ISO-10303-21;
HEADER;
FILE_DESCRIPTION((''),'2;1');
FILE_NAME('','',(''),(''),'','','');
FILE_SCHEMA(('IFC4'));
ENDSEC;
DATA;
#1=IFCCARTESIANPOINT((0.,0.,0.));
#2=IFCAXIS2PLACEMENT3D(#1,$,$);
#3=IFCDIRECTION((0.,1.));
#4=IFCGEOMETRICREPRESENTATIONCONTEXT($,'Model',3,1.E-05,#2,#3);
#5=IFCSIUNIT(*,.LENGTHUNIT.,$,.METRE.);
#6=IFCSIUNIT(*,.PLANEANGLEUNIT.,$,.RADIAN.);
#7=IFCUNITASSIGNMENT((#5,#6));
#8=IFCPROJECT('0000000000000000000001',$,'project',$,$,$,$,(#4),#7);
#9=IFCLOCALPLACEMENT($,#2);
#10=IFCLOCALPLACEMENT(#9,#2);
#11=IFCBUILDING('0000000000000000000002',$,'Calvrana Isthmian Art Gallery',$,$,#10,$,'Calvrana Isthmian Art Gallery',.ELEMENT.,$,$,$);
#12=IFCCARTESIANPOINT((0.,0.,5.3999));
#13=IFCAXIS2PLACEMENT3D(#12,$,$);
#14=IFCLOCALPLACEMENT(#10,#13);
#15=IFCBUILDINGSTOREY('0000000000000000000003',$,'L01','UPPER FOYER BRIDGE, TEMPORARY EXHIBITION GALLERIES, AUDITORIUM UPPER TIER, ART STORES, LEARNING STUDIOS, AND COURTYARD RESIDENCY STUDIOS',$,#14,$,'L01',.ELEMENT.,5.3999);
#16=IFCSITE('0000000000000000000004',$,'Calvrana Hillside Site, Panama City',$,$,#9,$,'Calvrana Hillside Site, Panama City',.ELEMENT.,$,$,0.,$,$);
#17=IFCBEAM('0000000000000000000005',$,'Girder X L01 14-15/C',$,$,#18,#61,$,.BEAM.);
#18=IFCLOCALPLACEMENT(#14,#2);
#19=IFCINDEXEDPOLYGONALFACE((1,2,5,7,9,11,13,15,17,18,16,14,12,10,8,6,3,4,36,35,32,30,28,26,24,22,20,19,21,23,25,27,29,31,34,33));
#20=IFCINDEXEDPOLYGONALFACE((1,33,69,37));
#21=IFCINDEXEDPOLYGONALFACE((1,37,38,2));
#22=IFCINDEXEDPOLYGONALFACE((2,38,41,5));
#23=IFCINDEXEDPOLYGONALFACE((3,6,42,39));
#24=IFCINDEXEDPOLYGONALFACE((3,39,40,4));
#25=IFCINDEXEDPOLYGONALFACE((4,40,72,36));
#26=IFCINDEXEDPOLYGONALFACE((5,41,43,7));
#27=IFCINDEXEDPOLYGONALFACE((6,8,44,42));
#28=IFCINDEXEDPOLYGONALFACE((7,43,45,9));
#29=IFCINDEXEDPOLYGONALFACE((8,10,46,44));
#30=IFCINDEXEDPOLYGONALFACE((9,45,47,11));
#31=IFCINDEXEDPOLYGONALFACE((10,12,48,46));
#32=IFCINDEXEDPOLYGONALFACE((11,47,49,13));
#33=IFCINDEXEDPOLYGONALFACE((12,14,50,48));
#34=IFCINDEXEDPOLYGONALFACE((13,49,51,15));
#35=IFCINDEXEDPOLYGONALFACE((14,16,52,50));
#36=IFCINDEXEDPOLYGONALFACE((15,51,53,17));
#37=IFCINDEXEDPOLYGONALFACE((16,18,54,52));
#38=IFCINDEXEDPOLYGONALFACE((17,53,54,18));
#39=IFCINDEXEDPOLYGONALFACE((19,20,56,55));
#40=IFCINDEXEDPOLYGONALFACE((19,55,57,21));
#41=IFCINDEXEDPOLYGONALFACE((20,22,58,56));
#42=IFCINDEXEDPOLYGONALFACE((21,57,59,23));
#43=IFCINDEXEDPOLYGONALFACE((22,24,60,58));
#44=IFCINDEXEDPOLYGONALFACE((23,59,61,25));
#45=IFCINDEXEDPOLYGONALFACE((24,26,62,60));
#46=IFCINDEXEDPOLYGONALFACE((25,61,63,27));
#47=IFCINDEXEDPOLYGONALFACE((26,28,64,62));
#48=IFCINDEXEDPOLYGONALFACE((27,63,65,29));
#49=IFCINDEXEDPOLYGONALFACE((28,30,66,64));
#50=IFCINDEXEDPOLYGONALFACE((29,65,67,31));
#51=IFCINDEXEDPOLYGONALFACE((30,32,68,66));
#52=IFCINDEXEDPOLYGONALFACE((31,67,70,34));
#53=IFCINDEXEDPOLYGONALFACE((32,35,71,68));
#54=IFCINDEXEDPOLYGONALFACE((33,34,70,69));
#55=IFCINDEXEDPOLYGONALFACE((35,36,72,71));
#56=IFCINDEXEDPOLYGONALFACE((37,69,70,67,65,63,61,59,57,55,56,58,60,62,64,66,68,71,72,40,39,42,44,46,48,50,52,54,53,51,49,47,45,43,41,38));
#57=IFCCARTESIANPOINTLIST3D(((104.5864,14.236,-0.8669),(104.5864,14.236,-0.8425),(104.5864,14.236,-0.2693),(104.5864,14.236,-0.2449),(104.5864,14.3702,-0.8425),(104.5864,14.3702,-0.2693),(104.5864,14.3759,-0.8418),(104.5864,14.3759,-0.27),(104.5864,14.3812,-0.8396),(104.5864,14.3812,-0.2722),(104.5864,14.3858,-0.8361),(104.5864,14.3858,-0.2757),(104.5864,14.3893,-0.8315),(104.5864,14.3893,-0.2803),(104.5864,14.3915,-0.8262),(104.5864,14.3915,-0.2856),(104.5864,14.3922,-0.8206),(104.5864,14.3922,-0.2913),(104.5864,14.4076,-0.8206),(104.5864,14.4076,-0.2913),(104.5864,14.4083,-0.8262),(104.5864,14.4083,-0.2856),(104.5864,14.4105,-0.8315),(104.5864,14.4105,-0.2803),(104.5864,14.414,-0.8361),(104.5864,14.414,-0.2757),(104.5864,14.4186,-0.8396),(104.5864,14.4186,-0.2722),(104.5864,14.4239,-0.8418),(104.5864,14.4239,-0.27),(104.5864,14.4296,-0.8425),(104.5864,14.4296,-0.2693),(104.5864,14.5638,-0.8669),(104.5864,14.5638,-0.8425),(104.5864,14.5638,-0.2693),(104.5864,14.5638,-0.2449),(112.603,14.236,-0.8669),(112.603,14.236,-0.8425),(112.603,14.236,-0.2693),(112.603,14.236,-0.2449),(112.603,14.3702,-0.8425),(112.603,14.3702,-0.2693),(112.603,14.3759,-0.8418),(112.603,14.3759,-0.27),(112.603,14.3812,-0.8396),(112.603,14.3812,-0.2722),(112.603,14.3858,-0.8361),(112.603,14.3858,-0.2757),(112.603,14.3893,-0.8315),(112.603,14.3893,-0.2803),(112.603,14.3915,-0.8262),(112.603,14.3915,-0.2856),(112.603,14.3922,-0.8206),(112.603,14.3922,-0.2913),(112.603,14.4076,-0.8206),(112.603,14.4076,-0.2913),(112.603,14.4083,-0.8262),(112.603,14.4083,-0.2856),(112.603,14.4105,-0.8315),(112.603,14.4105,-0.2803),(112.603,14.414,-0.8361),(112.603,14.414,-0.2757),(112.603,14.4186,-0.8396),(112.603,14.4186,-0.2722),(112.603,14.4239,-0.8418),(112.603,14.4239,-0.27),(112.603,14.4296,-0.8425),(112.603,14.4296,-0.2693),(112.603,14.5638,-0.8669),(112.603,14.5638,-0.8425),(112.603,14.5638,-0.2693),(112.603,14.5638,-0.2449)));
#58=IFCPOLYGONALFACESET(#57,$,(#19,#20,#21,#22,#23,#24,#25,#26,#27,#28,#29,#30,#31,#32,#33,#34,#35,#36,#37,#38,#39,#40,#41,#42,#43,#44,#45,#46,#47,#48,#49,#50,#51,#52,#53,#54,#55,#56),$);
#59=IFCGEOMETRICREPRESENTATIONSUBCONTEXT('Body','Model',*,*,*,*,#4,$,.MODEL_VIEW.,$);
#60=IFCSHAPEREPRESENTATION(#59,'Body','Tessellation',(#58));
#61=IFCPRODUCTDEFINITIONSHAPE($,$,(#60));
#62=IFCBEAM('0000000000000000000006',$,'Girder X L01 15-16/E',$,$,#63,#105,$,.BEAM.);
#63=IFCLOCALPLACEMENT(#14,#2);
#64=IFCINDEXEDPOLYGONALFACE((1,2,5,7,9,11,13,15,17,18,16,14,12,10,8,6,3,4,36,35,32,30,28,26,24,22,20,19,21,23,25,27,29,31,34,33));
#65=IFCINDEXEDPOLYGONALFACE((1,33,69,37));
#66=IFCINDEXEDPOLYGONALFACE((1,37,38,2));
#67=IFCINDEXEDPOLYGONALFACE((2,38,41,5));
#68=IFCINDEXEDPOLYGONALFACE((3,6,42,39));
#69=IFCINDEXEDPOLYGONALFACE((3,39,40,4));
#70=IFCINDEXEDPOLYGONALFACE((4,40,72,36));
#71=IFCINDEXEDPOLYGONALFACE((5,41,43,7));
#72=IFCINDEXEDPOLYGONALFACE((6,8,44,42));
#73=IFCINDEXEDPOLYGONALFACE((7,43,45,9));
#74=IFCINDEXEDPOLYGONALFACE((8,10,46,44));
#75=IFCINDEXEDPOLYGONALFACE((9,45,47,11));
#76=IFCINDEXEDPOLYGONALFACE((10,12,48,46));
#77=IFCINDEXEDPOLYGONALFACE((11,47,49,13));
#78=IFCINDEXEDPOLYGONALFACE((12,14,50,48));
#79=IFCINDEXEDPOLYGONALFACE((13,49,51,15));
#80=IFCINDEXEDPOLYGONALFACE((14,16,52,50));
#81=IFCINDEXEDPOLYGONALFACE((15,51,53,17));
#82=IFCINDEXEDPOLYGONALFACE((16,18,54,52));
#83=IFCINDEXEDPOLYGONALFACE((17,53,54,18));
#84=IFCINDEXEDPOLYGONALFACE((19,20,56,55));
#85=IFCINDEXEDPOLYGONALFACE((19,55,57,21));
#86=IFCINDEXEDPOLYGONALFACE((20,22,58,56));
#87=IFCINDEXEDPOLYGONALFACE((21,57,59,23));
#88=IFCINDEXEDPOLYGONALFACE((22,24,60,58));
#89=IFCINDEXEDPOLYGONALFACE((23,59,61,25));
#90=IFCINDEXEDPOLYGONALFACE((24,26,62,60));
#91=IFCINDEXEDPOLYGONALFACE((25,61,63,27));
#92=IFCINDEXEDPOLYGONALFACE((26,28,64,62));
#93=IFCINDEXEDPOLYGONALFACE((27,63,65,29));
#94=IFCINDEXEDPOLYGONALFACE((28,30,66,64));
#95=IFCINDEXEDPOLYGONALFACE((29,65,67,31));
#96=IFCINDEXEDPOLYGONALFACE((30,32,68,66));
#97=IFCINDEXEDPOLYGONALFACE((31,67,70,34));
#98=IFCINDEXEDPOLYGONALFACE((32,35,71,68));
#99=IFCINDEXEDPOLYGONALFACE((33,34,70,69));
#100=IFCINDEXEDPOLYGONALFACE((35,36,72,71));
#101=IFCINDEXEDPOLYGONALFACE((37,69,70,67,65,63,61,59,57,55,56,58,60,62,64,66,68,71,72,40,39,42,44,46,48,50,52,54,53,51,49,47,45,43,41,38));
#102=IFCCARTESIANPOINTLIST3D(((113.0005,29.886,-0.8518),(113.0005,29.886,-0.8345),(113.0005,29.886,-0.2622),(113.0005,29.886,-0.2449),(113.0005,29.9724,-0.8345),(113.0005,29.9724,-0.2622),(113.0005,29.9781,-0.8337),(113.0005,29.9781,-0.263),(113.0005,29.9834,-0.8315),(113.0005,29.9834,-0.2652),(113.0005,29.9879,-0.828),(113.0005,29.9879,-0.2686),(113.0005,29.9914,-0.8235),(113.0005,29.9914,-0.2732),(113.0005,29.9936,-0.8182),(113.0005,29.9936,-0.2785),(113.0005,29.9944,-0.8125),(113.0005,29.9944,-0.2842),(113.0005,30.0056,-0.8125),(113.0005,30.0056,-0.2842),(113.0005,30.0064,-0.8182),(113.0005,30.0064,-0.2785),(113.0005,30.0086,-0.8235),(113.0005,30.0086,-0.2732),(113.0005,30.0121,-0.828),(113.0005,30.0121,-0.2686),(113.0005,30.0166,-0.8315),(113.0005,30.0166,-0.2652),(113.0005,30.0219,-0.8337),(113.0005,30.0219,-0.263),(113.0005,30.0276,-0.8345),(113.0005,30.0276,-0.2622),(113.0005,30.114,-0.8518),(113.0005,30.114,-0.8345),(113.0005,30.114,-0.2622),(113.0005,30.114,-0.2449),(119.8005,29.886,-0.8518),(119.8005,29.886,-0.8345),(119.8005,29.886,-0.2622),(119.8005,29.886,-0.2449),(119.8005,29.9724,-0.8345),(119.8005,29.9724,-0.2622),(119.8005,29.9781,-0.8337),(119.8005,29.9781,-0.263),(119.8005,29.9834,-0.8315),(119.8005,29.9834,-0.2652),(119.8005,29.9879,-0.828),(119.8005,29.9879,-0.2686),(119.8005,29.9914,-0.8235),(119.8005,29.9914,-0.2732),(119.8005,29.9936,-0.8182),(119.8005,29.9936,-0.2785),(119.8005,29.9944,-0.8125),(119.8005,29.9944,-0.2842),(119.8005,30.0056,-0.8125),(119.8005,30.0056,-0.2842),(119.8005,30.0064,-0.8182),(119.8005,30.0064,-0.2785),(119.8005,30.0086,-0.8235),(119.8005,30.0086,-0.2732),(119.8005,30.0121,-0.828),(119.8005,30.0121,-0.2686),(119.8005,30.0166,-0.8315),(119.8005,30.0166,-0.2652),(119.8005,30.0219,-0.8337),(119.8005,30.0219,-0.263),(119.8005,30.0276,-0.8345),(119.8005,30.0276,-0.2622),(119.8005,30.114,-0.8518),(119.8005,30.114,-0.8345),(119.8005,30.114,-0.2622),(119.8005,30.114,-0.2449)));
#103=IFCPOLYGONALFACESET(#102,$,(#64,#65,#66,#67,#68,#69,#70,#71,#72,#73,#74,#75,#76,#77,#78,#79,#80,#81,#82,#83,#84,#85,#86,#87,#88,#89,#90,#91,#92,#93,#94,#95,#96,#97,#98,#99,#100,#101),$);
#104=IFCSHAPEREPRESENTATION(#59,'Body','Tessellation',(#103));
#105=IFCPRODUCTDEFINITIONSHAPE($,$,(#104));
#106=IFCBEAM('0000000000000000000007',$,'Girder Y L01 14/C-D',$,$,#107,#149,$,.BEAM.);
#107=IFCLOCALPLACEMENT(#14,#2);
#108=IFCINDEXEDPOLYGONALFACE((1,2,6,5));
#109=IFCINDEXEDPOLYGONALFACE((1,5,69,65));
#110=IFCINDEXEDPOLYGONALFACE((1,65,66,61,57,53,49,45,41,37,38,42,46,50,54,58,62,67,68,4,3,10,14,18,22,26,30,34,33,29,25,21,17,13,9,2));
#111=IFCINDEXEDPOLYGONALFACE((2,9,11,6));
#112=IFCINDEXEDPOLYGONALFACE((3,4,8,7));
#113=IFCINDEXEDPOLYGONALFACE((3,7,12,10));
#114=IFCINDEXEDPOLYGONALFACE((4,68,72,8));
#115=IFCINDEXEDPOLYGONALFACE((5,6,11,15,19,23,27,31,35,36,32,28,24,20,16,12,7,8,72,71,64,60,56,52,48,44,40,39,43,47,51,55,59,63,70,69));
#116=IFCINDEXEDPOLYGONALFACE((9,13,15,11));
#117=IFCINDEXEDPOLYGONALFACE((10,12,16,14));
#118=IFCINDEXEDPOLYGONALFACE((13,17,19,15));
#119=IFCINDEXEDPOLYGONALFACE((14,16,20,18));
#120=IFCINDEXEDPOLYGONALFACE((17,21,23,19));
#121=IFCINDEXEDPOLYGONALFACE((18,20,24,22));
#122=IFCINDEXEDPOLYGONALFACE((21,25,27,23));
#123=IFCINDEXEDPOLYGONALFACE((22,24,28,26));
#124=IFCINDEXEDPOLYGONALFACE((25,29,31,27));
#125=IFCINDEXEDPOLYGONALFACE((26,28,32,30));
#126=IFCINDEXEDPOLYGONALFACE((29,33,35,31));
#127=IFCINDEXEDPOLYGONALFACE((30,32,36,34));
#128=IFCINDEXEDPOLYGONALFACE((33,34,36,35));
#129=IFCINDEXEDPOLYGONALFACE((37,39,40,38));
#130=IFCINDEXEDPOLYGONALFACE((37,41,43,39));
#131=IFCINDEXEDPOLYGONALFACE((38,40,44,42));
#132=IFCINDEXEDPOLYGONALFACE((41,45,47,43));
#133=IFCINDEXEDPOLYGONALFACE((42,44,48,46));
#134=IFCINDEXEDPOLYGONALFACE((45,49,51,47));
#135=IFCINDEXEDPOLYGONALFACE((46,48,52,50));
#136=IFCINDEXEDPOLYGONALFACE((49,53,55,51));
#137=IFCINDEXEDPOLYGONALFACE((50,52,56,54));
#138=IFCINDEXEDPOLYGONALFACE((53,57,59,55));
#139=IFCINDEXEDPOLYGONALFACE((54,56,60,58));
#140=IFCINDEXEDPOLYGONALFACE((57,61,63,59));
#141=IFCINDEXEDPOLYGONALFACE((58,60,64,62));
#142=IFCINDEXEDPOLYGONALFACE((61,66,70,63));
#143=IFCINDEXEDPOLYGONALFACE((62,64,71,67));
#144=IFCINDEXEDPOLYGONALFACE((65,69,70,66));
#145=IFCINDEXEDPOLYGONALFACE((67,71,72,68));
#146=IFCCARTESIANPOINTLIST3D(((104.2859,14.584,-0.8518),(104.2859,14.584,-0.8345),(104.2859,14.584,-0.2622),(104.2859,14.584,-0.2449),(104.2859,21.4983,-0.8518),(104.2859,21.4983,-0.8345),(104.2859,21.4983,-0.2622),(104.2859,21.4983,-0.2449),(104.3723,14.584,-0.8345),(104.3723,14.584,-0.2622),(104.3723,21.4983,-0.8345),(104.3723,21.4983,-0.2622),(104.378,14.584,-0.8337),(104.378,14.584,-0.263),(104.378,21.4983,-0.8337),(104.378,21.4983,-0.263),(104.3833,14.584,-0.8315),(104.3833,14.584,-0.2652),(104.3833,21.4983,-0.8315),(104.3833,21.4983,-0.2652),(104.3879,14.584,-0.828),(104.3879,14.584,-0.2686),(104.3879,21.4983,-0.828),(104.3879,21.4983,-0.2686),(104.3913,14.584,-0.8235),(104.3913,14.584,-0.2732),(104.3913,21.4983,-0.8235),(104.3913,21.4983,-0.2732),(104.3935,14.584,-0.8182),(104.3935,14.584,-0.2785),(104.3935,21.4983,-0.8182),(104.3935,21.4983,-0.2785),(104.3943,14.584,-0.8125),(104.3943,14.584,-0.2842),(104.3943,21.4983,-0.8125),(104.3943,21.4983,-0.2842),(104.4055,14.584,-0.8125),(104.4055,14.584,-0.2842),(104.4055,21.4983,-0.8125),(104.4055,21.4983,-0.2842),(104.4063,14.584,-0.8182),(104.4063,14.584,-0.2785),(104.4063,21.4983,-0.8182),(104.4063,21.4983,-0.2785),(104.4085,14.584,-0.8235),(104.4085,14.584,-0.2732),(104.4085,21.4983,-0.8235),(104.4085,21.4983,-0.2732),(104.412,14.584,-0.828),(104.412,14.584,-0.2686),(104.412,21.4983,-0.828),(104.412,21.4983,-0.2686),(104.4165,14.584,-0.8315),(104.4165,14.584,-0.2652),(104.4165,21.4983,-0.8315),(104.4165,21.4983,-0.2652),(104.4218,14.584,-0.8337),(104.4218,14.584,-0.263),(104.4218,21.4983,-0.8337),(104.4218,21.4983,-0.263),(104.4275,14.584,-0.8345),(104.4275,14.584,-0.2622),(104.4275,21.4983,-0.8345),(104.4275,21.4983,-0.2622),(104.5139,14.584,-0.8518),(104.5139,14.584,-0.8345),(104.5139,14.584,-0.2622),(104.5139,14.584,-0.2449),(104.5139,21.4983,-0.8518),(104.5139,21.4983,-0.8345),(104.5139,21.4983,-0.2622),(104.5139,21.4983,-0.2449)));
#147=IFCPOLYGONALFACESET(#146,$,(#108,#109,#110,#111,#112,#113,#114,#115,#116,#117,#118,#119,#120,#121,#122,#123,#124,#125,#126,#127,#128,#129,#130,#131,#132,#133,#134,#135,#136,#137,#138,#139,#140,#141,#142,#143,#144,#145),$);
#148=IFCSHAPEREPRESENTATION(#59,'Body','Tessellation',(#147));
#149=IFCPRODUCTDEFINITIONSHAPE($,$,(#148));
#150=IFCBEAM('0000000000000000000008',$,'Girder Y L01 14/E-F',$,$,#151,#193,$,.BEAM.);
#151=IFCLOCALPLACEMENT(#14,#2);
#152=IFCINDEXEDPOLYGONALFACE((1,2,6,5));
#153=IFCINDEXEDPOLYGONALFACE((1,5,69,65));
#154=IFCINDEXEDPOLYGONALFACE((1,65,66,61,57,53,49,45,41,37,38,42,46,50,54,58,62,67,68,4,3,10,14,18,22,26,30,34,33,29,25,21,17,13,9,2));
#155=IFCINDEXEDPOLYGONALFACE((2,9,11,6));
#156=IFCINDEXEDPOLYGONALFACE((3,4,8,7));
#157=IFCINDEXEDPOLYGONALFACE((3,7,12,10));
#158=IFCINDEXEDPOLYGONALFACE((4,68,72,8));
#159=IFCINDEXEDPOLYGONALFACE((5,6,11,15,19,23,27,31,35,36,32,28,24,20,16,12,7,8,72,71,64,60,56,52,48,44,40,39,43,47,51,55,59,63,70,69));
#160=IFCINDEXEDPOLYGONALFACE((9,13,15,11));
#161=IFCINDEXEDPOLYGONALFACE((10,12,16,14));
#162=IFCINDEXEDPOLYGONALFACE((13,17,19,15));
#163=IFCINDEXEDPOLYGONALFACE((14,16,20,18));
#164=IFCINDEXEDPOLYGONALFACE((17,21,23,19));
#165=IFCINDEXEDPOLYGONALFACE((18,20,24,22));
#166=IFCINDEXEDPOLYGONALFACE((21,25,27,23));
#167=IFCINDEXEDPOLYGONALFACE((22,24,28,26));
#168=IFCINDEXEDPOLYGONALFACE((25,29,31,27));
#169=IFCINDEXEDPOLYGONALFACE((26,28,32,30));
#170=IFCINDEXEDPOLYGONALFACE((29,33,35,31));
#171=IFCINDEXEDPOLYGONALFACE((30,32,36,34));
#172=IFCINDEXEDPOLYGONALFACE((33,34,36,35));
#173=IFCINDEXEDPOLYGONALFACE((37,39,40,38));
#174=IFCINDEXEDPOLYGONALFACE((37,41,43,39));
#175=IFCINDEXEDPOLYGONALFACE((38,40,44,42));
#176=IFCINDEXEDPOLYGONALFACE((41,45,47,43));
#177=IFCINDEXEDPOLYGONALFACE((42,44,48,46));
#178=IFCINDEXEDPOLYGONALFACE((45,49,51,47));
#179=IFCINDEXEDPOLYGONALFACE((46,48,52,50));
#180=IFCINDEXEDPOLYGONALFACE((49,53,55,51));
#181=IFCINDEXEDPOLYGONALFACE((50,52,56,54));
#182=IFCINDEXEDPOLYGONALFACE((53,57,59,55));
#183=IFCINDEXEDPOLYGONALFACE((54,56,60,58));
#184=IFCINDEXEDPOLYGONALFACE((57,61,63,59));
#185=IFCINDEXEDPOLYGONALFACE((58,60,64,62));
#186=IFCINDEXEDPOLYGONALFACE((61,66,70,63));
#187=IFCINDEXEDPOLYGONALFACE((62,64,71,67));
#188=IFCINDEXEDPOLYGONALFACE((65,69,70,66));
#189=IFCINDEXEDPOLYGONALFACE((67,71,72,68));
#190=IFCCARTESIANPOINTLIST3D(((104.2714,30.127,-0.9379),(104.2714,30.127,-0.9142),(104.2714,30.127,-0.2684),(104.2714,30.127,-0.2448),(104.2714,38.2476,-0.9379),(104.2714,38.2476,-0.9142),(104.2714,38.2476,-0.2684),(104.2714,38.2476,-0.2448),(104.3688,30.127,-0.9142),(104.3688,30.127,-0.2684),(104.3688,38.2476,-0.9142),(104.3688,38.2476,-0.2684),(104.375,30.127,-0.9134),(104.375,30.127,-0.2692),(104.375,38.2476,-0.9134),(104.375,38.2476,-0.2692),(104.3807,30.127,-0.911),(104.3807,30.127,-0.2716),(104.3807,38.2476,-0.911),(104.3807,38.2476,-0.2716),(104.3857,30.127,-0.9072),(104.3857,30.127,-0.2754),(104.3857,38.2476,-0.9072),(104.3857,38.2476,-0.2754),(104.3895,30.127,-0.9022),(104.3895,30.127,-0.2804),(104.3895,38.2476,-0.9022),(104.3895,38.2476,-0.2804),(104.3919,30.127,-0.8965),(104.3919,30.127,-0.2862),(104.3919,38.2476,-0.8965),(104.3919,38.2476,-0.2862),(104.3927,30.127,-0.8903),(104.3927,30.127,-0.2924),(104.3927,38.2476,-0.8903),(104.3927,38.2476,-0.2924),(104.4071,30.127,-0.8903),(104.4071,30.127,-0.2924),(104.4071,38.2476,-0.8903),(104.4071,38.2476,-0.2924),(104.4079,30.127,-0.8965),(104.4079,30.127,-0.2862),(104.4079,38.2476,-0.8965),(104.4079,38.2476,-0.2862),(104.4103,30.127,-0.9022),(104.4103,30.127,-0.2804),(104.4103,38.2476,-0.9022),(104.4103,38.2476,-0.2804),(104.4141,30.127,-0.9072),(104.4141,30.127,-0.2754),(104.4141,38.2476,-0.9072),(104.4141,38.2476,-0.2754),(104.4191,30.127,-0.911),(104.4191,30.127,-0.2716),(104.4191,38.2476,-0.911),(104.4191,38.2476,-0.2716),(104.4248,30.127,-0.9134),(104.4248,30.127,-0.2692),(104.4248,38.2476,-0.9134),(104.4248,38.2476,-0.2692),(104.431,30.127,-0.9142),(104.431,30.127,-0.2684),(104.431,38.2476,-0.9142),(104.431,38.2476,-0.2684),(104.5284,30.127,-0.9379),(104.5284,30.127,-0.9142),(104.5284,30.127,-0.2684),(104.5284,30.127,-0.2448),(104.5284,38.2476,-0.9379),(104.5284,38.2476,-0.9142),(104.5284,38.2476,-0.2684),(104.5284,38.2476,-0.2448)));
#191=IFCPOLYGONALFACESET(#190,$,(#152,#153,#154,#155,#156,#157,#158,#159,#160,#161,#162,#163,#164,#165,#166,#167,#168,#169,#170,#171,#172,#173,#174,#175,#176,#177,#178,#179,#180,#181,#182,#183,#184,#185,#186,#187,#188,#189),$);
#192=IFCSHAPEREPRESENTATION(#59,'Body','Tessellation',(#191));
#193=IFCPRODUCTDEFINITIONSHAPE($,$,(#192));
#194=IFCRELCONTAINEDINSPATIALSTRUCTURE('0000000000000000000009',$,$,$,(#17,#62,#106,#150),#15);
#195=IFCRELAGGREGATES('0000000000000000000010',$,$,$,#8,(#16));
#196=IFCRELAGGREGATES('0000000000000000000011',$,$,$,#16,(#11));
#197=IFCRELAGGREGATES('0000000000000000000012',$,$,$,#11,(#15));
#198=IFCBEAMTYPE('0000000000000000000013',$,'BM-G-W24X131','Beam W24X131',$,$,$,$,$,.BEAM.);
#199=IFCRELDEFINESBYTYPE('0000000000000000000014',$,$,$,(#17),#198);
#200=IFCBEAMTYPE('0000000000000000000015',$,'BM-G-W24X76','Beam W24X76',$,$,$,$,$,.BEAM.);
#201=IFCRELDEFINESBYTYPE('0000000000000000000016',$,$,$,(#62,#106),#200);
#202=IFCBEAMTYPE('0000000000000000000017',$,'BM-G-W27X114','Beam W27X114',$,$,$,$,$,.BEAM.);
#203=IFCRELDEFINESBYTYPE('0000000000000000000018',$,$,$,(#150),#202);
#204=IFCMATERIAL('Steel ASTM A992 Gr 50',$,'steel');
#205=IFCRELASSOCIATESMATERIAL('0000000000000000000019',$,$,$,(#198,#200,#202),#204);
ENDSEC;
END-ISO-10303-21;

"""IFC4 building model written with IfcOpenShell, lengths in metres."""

from ifc_helpers import new_model, si_unit, direction, frame, origin, origin_2d, place, context, subcontext, project, spatial, i_section, extrude, material, material_profile, profile_set, type_object, element, save


model = new_model("IFC4")

# Units and contexts
model_context = context("Model", 3, precision=1e-05, world=origin(), true_north=direction((0.0, 1.0)))
body_context = subcontext(model_context, "Body", "Model", "MODEL_VIEW")
ifc_project = project(units=[si_unit("LENGTHUNIT", "METRE"), si_unit("PLANEANGLEUNIT", "RADIAN")], contexts=[model_context])

# Site, building, storey
site_placement = place(None, origin())
site = spatial("IfcSite", under=ifc_project, at=site_placement, Name="Calvrana Hillside Site, Panama City", LongName="Calvrana Hillside Site, Panama City", CompositionType="ELEMENT", RefElevation=0.0)
building_placement = place(site_placement, origin())
building = spatial("IfcBuilding", under=site, at=building_placement, Name="Calvrana Isthmian Art Gallery", LongName="Calvrana Isthmian Art Gallery", CompositionType="ELEMENT")
storey_placement = place(building_placement, frame((0.0, 0.0, 5.3999)))
storey = spatial("IfcBuildingStorey", under=building, at=storey_placement, Name="L01", Description="UPPER FOYER BRIDGE, TEMPORARY EXHIBITION GALLERIES, AUDITORIUM UPPER TIER, ART STORES, LEARNING STUDIOS, AND COURTYARD RESIDENCY STUDIOS", LongName="L01", CompositionType="ELEMENT", Elevation=5.3999)

# Shared definitions
ifc_material_1 = material(Name="Steel ASTM A992 Gr 50", Category="steel")

# Beams
ifc_material_profile_1 = material_profile(ifc_material_1, i_section(OverallWidth=0.3279, OverallDepth=0.6221, WebThickness=0.0154, FlangeThickness=0.0244, FilletRadius=0.022, at=origin_2d()), Name="W24X131")
ifc_profile_set_1 = profile_set([ifc_material_profile_1], Name="Steel ASTM A992 Gr 50")
beam_type_1 = type_object("IfcBeamType", Name="BM-G-W24X131", Description="Beam W24X131", PredefinedType="BEAM", material=ifc_profile_set_1)
beam_1_placement = place(storey_placement, frame((104.5864, 14.3999, -0.5559), z_axis=(1.0, 0.0, 0.0), x_axis=(0.0, 1.0, 0.0)))
element("IfcBeam", 1, at=beam_1_placement, inside=storey, type_object=beam_type_1, Name="Girder X L01 14-15/C", PredefinedType="BEAM", context=body_context, shape_type="SweptSolid", body=[
    extrude(i_section(OverallWidth=0.3279, OverallDepth=0.6221, WebThickness=0.0154, FlangeThickness=0.0244, FilletRadius=0.022, at=origin_2d()), origin(), (0.0, 0.0, 1.0), 8.0166),
])
ifc_material_profile_2 = material_profile(ifc_material_1, i_section(OverallWidth=0.228, OverallDepth=0.6069, WebThickness=0.0112, FlangeThickness=0.0173, FilletRadius=0.022, at=origin_2d()), Name="W24X76")
ifc_profile_set_2 = profile_set([ifc_material_profile_2], Name="Steel ASTM A992 Gr 50")
beam_type_2 = type_object("IfcBeamType", Name="BM-G-W24X76", Description="Beam W24X76", PredefinedType="BEAM", material=ifc_profile_set_2)
beam_2_placement = place(storey_placement, frame((113.0005, 30.0, -0.5483), z_axis=(1.0, 0.0, 0.0), x_axis=(0.0, 1.0, 0.0)))
element("IfcBeam", 2, at=beam_2_placement, inside=storey, type_object=beam_type_2, Name="Girder X L01 15-16/E", PredefinedType="BEAM", context=body_context, shape_type="SweptSolid", body=[
    extrude(i_section(OverallWidth=0.228, OverallDepth=0.6069, WebThickness=0.0112, FlangeThickness=0.0173, FilletRadius=0.022, at=origin_2d()), origin(), (0.0, 0.0, 1.0), 6.8),
])
beam_3_placement = place(storey_placement, frame((104.3999, 14.584, -0.5483), z_axis=(0.0, 1.0, 0.0), x_axis=(-1.0, 0.0, 0.0)))
element("IfcBeam", 3, at=beam_3_placement, inside=storey, type_object=beam_type_2, Name="Girder Y L01 14/C-D", PredefinedType="BEAM", context=body_context, shape_type="SweptSolid", body=[
    extrude(i_section(OverallWidth=0.228, OverallDepth=0.6069, WebThickness=0.0112, FlangeThickness=0.0173, FilletRadius=0.022, at=origin_2d()), origin(), (0.0, 0.0, 1.0), 6.9143),
])
ifc_material_profile_3 = material_profile(ifc_material_1, i_section(OverallWidth=0.2571, OverallDepth=0.6931, WebThickness=0.0144, FlangeThickness=0.0237, FilletRadius=0.0239, at=origin_2d()), Name="W27X114")
ifc_profile_set_3 = profile_set([ifc_material_profile_3], Name="Steel ASTM A992 Gr 50")
beam_type_3 = type_object("IfcBeamType", Name="BM-G-W27X114", Description="Beam W27X114", PredefinedType="BEAM", material=ifc_profile_set_3)
beam_4_placement = place(storey_placement, frame((104.3999, 30.127, -0.5913), z_axis=(0.0, 1.0, 0.0), x_axis=(-1.0, 0.0, 0.0)))
element("IfcBeam", 4, at=beam_4_placement, inside=storey, type_object=beam_type_3, Name="Girder Y L01 14/E-F", PredefinedType="BEAM", context=body_context, shape_type="SweptSolid", body=[
    extrude(i_section(OverallWidth=0.2571, OverallDepth=0.6931, WebThickness=0.0144, FlangeThickness=0.0237, FilletRadius=0.0239, at=origin_2d()), origin(), (0.0, 0.0, 1.0), 8.1206),
])

save(model, "model.ifc")
